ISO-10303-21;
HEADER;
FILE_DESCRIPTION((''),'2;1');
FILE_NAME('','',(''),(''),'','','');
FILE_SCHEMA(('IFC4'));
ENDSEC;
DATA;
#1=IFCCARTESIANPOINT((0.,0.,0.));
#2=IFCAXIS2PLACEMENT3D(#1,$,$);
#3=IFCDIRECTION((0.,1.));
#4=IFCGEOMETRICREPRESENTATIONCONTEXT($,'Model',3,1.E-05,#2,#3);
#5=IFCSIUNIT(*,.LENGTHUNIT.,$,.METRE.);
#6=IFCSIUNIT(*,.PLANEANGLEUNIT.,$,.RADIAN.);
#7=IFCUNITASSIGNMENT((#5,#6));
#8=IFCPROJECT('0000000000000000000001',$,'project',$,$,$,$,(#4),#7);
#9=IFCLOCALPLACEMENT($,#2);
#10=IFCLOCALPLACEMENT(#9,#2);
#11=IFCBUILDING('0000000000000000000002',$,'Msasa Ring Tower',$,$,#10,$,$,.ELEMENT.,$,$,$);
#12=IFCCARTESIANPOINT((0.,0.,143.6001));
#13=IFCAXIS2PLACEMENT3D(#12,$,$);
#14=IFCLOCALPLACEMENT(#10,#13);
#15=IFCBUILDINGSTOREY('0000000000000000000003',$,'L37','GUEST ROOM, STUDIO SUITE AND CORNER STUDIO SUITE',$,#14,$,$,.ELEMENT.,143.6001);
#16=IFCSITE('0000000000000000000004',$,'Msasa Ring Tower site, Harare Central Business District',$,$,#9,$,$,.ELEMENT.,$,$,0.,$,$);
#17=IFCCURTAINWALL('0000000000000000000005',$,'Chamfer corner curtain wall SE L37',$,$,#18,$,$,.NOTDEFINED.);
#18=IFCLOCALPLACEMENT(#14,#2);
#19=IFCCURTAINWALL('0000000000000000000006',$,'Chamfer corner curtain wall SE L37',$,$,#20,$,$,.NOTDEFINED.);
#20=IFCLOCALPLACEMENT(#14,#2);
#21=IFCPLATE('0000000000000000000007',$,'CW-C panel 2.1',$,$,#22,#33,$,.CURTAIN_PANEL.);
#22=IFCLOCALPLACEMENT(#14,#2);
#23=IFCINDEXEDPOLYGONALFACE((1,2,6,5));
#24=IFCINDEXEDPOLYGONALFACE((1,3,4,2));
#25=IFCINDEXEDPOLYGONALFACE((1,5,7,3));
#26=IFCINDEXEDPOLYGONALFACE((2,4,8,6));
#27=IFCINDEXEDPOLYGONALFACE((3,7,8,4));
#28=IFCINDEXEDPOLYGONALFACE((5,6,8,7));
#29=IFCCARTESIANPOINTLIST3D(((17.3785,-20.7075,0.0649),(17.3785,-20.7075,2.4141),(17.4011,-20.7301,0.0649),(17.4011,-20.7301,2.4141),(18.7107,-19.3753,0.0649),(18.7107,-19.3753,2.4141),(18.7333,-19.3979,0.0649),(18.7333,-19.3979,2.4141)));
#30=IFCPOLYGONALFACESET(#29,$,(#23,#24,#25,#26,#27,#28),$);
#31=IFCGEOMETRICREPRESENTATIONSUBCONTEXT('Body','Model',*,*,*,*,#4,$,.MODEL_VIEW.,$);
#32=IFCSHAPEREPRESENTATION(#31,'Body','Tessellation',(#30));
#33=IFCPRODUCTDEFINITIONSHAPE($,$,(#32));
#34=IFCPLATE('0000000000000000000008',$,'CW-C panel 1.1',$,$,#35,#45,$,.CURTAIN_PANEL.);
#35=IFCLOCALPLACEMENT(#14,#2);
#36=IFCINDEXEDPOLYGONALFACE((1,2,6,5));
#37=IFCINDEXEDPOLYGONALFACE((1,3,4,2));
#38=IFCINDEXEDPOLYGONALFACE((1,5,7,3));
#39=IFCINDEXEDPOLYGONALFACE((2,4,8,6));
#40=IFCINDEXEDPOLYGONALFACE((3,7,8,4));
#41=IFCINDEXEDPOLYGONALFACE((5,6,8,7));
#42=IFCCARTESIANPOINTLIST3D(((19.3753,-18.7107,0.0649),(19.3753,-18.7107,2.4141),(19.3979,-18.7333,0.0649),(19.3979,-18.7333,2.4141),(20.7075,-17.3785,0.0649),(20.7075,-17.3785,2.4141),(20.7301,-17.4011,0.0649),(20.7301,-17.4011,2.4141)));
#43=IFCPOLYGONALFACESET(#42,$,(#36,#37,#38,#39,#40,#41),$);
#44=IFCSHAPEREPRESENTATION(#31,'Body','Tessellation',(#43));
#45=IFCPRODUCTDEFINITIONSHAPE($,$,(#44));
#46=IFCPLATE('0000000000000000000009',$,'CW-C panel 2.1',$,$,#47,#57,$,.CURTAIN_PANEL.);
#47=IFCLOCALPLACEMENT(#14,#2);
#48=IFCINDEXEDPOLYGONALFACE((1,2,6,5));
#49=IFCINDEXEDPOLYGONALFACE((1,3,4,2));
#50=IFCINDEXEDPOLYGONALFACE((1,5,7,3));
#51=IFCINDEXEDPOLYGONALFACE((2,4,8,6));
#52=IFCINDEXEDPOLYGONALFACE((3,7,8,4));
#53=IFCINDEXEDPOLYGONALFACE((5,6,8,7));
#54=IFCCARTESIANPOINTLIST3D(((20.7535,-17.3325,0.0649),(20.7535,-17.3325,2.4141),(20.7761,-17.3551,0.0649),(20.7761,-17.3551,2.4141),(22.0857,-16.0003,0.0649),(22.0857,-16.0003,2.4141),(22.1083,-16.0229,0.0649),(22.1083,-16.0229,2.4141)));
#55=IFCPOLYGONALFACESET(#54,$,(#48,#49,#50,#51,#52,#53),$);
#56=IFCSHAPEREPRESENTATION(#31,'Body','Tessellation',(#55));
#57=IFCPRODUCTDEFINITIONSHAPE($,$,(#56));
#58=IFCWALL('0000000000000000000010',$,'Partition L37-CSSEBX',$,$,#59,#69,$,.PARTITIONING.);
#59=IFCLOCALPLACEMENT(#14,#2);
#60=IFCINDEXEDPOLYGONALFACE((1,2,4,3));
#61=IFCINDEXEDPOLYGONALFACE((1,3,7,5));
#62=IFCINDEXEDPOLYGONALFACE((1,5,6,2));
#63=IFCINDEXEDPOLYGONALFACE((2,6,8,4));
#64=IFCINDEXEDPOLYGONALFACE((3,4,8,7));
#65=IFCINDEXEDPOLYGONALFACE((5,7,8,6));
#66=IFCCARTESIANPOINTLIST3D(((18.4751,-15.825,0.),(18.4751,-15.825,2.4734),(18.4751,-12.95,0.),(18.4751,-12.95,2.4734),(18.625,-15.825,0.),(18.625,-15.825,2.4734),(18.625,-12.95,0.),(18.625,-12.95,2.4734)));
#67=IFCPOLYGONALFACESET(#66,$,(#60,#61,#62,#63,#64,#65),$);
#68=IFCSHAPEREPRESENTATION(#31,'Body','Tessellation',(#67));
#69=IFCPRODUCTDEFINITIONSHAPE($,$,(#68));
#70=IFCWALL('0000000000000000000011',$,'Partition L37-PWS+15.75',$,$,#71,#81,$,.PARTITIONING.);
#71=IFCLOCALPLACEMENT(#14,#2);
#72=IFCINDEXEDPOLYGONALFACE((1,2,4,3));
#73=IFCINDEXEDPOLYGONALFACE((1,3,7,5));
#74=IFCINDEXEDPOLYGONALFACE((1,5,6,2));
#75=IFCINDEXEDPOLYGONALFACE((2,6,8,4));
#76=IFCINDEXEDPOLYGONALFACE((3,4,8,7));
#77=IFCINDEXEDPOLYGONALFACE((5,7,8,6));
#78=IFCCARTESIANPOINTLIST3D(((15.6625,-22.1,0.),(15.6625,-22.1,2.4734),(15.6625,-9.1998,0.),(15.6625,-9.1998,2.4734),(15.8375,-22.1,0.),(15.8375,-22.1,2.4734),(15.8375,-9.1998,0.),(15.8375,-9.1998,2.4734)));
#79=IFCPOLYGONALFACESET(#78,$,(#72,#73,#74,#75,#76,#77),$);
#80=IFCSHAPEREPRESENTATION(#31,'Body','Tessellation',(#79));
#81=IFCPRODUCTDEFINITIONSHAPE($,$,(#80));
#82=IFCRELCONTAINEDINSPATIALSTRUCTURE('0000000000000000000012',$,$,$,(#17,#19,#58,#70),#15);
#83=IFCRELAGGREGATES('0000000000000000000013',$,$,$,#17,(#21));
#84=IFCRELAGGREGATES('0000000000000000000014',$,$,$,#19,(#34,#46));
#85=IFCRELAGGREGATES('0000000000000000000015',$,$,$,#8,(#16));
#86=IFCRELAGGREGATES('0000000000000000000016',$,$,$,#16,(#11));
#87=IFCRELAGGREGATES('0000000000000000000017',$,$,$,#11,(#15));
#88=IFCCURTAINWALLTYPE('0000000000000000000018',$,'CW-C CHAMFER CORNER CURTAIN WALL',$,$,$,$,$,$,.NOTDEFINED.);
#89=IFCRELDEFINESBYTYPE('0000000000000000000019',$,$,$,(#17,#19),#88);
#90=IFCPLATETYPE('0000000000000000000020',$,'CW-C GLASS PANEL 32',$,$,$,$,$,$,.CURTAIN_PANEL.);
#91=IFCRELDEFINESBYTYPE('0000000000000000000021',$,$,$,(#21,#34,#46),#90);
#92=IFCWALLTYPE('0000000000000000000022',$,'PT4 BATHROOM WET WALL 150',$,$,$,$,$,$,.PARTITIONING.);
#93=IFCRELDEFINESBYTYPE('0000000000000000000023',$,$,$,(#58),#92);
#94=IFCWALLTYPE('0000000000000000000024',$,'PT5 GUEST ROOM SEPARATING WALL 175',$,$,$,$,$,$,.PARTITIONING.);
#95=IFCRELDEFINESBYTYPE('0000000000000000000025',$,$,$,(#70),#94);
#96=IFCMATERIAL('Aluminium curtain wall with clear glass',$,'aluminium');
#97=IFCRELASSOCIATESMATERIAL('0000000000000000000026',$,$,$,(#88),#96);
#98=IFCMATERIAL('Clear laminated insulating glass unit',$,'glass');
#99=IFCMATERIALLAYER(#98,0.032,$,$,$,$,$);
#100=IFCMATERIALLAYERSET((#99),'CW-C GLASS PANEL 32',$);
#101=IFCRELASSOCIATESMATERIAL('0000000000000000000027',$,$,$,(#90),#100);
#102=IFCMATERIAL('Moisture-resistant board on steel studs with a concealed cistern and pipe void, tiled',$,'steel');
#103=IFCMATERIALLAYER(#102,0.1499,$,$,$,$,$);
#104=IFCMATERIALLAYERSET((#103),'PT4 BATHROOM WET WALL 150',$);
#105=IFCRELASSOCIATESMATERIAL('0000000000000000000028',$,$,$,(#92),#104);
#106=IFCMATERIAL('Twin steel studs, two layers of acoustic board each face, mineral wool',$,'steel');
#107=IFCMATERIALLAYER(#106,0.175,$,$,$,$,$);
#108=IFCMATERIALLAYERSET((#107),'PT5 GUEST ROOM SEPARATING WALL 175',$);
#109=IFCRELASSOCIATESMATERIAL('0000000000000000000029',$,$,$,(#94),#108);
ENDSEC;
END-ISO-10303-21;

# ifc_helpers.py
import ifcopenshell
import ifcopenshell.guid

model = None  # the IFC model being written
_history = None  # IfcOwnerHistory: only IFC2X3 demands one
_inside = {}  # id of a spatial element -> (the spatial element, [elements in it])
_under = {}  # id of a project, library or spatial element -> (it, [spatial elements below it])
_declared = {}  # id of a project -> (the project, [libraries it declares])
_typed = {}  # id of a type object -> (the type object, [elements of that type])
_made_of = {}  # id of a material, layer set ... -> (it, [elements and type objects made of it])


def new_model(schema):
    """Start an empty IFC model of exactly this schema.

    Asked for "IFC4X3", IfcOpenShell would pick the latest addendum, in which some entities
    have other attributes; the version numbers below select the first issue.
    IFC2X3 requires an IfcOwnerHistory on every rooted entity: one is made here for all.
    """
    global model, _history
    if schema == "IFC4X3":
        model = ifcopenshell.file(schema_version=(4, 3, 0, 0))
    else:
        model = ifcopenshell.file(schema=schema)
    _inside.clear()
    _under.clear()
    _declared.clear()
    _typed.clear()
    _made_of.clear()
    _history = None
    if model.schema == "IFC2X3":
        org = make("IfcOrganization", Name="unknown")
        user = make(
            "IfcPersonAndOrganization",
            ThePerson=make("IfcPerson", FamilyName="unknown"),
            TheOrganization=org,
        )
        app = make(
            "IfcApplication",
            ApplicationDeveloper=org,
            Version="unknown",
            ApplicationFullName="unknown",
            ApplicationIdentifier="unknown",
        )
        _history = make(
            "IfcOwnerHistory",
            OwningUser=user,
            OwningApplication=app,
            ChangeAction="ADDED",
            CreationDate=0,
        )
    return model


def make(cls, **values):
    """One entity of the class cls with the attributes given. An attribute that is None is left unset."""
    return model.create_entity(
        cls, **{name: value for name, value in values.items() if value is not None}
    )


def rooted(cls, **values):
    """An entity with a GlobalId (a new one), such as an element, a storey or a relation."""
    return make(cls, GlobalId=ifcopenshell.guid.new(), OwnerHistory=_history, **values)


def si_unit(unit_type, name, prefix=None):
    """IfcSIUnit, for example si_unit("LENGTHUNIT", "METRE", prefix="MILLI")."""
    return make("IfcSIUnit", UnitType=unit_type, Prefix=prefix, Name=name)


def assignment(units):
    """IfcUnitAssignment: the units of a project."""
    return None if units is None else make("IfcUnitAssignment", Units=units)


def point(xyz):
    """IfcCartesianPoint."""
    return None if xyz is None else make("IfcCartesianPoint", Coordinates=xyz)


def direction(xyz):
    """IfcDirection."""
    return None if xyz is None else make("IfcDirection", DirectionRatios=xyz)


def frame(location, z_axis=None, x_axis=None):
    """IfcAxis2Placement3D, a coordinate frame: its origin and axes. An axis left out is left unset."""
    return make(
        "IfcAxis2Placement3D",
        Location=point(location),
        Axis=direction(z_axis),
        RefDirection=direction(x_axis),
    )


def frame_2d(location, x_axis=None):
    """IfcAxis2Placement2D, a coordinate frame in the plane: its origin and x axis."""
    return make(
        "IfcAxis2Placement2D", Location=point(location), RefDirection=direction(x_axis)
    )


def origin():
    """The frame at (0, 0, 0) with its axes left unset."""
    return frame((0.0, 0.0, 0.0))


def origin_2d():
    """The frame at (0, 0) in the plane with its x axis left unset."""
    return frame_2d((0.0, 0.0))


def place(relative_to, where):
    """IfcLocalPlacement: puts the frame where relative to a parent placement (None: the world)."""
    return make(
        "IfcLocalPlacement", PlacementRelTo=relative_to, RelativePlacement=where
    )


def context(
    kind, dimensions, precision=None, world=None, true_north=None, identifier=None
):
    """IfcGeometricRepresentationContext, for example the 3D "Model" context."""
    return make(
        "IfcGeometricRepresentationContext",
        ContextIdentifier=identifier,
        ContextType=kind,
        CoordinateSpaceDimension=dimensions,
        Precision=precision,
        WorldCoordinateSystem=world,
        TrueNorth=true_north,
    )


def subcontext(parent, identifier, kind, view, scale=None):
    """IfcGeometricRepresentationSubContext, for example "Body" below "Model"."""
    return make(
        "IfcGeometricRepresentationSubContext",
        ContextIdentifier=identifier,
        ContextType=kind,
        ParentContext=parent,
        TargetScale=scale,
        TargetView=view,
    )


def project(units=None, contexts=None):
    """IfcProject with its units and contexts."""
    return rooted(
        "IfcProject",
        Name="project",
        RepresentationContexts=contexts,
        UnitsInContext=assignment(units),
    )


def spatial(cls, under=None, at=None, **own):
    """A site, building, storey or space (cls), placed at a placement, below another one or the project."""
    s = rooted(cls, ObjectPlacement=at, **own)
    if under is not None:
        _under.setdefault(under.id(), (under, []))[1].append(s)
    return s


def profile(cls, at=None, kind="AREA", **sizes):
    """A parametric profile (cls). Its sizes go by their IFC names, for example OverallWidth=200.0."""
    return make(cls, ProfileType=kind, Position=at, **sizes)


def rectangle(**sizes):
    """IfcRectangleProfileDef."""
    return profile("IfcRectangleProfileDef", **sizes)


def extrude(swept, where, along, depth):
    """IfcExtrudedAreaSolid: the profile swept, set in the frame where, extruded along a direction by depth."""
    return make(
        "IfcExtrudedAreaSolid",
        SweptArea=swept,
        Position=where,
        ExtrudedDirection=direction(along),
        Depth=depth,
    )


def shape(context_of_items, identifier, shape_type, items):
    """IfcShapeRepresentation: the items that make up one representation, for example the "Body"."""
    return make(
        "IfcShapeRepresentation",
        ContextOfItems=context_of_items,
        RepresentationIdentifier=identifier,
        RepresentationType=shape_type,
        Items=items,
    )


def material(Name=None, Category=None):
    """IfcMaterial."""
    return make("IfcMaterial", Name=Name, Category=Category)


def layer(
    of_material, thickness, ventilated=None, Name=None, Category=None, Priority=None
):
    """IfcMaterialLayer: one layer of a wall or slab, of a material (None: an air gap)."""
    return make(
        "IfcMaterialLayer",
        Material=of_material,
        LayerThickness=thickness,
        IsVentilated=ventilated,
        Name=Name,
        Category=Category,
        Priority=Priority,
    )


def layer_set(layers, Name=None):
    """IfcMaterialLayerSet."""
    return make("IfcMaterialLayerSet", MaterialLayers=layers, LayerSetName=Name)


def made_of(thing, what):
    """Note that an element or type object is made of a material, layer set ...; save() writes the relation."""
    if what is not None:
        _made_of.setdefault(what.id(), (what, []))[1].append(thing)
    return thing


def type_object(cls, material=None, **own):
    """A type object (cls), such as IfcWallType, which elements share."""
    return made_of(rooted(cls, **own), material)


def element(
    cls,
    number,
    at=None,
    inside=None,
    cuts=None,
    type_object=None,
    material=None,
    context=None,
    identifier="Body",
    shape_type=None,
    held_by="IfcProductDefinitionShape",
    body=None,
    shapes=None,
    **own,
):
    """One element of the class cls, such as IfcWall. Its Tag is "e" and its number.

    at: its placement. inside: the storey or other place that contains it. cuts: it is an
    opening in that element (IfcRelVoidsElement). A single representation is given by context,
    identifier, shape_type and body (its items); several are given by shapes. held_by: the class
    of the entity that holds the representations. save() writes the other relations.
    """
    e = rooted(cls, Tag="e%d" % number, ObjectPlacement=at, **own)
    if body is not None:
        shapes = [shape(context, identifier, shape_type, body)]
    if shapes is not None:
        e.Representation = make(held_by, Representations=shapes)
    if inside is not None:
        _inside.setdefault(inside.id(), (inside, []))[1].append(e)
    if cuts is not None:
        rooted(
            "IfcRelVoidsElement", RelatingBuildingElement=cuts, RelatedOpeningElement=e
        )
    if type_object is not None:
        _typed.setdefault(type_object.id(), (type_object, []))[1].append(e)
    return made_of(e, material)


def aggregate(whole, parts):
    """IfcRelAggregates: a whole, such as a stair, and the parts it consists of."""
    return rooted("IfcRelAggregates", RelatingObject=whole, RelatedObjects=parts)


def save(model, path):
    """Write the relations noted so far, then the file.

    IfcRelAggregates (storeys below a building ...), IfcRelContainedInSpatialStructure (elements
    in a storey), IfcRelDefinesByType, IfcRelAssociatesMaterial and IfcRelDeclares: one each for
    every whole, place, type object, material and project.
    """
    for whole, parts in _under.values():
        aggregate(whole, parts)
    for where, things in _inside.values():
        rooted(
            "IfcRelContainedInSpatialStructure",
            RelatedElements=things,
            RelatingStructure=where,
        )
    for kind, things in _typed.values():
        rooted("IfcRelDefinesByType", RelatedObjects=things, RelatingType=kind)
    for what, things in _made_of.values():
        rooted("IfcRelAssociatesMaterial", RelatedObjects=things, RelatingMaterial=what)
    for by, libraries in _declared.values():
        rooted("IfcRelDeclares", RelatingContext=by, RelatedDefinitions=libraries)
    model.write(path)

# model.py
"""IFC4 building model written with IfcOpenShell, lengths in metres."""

from ifc_helpers import new_model, si_unit, direction, frame, frame_2d, origin, origin_2d, place, context, subcontext, project, spatial, rectangle, extrude, material, layer, layer_set, type_object, element, aggregate, save


model = new_model("IFC4")

# Units and contexts
model_context = context("Model", 3, precision=1e-05, world=origin(), true_north=direction((0.0, 1.0)))
body_context = subcontext(model_context, "Body", "Model", "MODEL_VIEW")
ifc_project = project(units=[si_unit("LENGTHUNIT", "METRE"), si_unit("PLANEANGLEUNIT", "RADIAN")], contexts=[model_context])

# Site, building, storey
site_placement = place(None, origin())
site = spatial("IfcSite", under=ifc_project, at=site_placement, Name="Msasa Ring Tower site, Harare Central Business District", CompositionType="ELEMENT", RefElevation=0.0)
building_placement = place(site_placement, origin())
building = spatial("IfcBuilding", under=site, at=building_placement, Name="Msasa Ring Tower", CompositionType="ELEMENT")
storey_placement = place(building_placement, frame((0.0, 0.0, 143.6001)))
storey = spatial("IfcBuildingStorey", under=building, at=storey_placement, Name="L37", Description="GUEST ROOM, STUDIO SUITE AND CORNER STUDIO SUITE", CompositionType="ELEMENT", Elevation=143.6001)

# Curtain walls
ifc_material_1 = material(Name="Aluminium curtain wall with clear glass", Category="aluminium")
curtain_wall_type = type_object("IfcCurtainWallType", Name="CW-C CHAMFER CORNER CURTAIN WALL", PredefinedType="NOTDEFINED", material=ifc_material_1)
curtain_wall_1_placement = place(storey_placement, origin())
curtain_wall_1 = element("IfcCurtainWall", 1, at=curtain_wall_1_placement, inside=storey, type_object=curtain_wall_type, Name="Chamfer corner curtain wall SE L37", PredefinedType="NOTDEFINED")
curtain_wall_2_placement = place(storey_placement, origin())
curtain_wall_2 = element("IfcCurtainWall", 2, at=curtain_wall_2_placement, inside=storey, type_object=curtain_wall_type, Name="Chamfer corner curtain wall SE L37", PredefinedType="NOTDEFINED")

# Plates
ifc_material_2 = material(Name="Clear laminated insulating glass unit", Category="glass")
ifc_layer_1 = layer(ifc_material_2, 0.032)
ifc_layer_set_1 = layer_set([ifc_layer_1], Name="CW-C GLASS PANEL 32")
plate_type = type_object("IfcPlateType", Name="CW-C GLASS PANEL 32", PredefinedType="CURTAIN_PANEL", material=ifc_layer_set_1)
plate_1_placement = place(storey_placement, frame((18.0559, -20.0527, 0.0649), z_axis=(0.0, 0.0, 1.0), x_axis=(0.707107, 0.707107, 0.0)))
plate_1 = element("IfcPlate", 3, at=plate_1_placement, type_object=plate_type, Name="CW-C panel 2.1", PredefinedType="CURTAIN_PANEL", context=body_context, shape_type="SweptSolid", body=[
    extrude(rectangle(XDim=1.884, YDim=0.032, at=origin_2d()), origin(), (0.0, 0.0, 1.0), 2.3491),
])
aggregate(curtain_wall_1, [plate_1])
plate_2_placement = place(storey_placement, frame((20.0527, -18.0559, 0.0649), z_axis=(0.0, 0.0, 1.0), x_axis=(0.707107, 0.707107, 0.0)))
plate_2 = element("IfcPlate", 4, at=plate_2_placement, type_object=plate_type, Name="CW-C panel 1.1", PredefinedType="CURTAIN_PANEL", context=body_context, shape_type="SweptSolid", body=[
    extrude(rectangle(XDim=1.884, YDim=0.032, at=origin_2d()), origin(), (0.0, 0.0, 1.0), 2.3491),
])
plate_3_placement = place(storey_placement, frame((21.4309, -16.6777, 0.0649), z_axis=(0.0, 0.0, 1.0), x_axis=(0.707107, 0.707107, 0.0)))
plate_3 = element("IfcPlate", 5, at=plate_3_placement, type_object=plate_type, Name="CW-C panel 2.1", PredefinedType="CURTAIN_PANEL", context=body_context, shape_type="SweptSolid", body=[
    extrude(rectangle(XDim=1.884, YDim=0.032, at=origin_2d()), origin(), (0.0, 0.0, 1.0), 2.3491),
])
aggregate(curtain_wall_2, [plate_2, plate_3])

# Walls
ifc_material_3 = material(Name="Moisture-resistant board on steel studs with a concealed cistern and pipe void, tiled", Category="steel")
ifc_layer_2 = layer(ifc_material_3, 0.1499)
ifc_layer_set_2 = layer_set([ifc_layer_2], Name="PT4 BATHROOM WET WALL 150")
wall_type_1 = type_object("IfcWallType", Name="PT4 BATHROOM WET WALL 150", PredefinedType="PARTITIONING", material=ifc_layer_set_2)
wall_1_placement = place(storey_placement, frame((18.55, -15.825, 0.0), z_axis=(0.0, 0.0, 1.0), x_axis=(0.0, 1.0, 0.0)))
element("IfcWall", 6, at=wall_1_placement, inside=storey, type_object=wall_type_1, Name="Partition L37-CSSEBX", PredefinedType="PARTITIONING", context=body_context, shape_type="SweptSolid", body=[
    extrude(rectangle(XDim=2.875, YDim=0.1499, at=frame_2d((1.4375, 0.0))), origin(), (0.0, 0.0, 1.0), 2.4734),
])
ifc_material_4 = material(Name="Twin steel studs, two layers of acoustic board each face, mineral wool", Category="steel")
ifc_layer_3 = layer(ifc_material_4, 0.175)
ifc_layer_set_3 = layer_set([ifc_layer_3], Name="PT5 GUEST ROOM SEPARATING WALL 175")
wall_type_2 = type_object("IfcWallType", Name="PT5 GUEST ROOM SEPARATING WALL 175", PredefinedType="PARTITIONING", material=ifc_layer_set_3)
wall_2_placement = place(storey_placement, frame((15.75, -22.1001, 0.0), z_axis=(0.0, 0.0, 1.0), x_axis=(0.0, 1.0, 0.0)))
element("IfcWall", 7, at=wall_2_placement, inside=storey, type_object=wall_type_2, Name="Partition L37-PWS+15.75", PredefinedType="PARTITIONING", context=body_context, shape_type="SweptSolid", body=[
    extrude(rectangle(XDim=12.9001, YDim=0.175, at=frame_2d((6.4502, 0.0))), origin(), (0.0, 0.0, 1.0), 2.4734),
])

save(model, "model.ifc")
